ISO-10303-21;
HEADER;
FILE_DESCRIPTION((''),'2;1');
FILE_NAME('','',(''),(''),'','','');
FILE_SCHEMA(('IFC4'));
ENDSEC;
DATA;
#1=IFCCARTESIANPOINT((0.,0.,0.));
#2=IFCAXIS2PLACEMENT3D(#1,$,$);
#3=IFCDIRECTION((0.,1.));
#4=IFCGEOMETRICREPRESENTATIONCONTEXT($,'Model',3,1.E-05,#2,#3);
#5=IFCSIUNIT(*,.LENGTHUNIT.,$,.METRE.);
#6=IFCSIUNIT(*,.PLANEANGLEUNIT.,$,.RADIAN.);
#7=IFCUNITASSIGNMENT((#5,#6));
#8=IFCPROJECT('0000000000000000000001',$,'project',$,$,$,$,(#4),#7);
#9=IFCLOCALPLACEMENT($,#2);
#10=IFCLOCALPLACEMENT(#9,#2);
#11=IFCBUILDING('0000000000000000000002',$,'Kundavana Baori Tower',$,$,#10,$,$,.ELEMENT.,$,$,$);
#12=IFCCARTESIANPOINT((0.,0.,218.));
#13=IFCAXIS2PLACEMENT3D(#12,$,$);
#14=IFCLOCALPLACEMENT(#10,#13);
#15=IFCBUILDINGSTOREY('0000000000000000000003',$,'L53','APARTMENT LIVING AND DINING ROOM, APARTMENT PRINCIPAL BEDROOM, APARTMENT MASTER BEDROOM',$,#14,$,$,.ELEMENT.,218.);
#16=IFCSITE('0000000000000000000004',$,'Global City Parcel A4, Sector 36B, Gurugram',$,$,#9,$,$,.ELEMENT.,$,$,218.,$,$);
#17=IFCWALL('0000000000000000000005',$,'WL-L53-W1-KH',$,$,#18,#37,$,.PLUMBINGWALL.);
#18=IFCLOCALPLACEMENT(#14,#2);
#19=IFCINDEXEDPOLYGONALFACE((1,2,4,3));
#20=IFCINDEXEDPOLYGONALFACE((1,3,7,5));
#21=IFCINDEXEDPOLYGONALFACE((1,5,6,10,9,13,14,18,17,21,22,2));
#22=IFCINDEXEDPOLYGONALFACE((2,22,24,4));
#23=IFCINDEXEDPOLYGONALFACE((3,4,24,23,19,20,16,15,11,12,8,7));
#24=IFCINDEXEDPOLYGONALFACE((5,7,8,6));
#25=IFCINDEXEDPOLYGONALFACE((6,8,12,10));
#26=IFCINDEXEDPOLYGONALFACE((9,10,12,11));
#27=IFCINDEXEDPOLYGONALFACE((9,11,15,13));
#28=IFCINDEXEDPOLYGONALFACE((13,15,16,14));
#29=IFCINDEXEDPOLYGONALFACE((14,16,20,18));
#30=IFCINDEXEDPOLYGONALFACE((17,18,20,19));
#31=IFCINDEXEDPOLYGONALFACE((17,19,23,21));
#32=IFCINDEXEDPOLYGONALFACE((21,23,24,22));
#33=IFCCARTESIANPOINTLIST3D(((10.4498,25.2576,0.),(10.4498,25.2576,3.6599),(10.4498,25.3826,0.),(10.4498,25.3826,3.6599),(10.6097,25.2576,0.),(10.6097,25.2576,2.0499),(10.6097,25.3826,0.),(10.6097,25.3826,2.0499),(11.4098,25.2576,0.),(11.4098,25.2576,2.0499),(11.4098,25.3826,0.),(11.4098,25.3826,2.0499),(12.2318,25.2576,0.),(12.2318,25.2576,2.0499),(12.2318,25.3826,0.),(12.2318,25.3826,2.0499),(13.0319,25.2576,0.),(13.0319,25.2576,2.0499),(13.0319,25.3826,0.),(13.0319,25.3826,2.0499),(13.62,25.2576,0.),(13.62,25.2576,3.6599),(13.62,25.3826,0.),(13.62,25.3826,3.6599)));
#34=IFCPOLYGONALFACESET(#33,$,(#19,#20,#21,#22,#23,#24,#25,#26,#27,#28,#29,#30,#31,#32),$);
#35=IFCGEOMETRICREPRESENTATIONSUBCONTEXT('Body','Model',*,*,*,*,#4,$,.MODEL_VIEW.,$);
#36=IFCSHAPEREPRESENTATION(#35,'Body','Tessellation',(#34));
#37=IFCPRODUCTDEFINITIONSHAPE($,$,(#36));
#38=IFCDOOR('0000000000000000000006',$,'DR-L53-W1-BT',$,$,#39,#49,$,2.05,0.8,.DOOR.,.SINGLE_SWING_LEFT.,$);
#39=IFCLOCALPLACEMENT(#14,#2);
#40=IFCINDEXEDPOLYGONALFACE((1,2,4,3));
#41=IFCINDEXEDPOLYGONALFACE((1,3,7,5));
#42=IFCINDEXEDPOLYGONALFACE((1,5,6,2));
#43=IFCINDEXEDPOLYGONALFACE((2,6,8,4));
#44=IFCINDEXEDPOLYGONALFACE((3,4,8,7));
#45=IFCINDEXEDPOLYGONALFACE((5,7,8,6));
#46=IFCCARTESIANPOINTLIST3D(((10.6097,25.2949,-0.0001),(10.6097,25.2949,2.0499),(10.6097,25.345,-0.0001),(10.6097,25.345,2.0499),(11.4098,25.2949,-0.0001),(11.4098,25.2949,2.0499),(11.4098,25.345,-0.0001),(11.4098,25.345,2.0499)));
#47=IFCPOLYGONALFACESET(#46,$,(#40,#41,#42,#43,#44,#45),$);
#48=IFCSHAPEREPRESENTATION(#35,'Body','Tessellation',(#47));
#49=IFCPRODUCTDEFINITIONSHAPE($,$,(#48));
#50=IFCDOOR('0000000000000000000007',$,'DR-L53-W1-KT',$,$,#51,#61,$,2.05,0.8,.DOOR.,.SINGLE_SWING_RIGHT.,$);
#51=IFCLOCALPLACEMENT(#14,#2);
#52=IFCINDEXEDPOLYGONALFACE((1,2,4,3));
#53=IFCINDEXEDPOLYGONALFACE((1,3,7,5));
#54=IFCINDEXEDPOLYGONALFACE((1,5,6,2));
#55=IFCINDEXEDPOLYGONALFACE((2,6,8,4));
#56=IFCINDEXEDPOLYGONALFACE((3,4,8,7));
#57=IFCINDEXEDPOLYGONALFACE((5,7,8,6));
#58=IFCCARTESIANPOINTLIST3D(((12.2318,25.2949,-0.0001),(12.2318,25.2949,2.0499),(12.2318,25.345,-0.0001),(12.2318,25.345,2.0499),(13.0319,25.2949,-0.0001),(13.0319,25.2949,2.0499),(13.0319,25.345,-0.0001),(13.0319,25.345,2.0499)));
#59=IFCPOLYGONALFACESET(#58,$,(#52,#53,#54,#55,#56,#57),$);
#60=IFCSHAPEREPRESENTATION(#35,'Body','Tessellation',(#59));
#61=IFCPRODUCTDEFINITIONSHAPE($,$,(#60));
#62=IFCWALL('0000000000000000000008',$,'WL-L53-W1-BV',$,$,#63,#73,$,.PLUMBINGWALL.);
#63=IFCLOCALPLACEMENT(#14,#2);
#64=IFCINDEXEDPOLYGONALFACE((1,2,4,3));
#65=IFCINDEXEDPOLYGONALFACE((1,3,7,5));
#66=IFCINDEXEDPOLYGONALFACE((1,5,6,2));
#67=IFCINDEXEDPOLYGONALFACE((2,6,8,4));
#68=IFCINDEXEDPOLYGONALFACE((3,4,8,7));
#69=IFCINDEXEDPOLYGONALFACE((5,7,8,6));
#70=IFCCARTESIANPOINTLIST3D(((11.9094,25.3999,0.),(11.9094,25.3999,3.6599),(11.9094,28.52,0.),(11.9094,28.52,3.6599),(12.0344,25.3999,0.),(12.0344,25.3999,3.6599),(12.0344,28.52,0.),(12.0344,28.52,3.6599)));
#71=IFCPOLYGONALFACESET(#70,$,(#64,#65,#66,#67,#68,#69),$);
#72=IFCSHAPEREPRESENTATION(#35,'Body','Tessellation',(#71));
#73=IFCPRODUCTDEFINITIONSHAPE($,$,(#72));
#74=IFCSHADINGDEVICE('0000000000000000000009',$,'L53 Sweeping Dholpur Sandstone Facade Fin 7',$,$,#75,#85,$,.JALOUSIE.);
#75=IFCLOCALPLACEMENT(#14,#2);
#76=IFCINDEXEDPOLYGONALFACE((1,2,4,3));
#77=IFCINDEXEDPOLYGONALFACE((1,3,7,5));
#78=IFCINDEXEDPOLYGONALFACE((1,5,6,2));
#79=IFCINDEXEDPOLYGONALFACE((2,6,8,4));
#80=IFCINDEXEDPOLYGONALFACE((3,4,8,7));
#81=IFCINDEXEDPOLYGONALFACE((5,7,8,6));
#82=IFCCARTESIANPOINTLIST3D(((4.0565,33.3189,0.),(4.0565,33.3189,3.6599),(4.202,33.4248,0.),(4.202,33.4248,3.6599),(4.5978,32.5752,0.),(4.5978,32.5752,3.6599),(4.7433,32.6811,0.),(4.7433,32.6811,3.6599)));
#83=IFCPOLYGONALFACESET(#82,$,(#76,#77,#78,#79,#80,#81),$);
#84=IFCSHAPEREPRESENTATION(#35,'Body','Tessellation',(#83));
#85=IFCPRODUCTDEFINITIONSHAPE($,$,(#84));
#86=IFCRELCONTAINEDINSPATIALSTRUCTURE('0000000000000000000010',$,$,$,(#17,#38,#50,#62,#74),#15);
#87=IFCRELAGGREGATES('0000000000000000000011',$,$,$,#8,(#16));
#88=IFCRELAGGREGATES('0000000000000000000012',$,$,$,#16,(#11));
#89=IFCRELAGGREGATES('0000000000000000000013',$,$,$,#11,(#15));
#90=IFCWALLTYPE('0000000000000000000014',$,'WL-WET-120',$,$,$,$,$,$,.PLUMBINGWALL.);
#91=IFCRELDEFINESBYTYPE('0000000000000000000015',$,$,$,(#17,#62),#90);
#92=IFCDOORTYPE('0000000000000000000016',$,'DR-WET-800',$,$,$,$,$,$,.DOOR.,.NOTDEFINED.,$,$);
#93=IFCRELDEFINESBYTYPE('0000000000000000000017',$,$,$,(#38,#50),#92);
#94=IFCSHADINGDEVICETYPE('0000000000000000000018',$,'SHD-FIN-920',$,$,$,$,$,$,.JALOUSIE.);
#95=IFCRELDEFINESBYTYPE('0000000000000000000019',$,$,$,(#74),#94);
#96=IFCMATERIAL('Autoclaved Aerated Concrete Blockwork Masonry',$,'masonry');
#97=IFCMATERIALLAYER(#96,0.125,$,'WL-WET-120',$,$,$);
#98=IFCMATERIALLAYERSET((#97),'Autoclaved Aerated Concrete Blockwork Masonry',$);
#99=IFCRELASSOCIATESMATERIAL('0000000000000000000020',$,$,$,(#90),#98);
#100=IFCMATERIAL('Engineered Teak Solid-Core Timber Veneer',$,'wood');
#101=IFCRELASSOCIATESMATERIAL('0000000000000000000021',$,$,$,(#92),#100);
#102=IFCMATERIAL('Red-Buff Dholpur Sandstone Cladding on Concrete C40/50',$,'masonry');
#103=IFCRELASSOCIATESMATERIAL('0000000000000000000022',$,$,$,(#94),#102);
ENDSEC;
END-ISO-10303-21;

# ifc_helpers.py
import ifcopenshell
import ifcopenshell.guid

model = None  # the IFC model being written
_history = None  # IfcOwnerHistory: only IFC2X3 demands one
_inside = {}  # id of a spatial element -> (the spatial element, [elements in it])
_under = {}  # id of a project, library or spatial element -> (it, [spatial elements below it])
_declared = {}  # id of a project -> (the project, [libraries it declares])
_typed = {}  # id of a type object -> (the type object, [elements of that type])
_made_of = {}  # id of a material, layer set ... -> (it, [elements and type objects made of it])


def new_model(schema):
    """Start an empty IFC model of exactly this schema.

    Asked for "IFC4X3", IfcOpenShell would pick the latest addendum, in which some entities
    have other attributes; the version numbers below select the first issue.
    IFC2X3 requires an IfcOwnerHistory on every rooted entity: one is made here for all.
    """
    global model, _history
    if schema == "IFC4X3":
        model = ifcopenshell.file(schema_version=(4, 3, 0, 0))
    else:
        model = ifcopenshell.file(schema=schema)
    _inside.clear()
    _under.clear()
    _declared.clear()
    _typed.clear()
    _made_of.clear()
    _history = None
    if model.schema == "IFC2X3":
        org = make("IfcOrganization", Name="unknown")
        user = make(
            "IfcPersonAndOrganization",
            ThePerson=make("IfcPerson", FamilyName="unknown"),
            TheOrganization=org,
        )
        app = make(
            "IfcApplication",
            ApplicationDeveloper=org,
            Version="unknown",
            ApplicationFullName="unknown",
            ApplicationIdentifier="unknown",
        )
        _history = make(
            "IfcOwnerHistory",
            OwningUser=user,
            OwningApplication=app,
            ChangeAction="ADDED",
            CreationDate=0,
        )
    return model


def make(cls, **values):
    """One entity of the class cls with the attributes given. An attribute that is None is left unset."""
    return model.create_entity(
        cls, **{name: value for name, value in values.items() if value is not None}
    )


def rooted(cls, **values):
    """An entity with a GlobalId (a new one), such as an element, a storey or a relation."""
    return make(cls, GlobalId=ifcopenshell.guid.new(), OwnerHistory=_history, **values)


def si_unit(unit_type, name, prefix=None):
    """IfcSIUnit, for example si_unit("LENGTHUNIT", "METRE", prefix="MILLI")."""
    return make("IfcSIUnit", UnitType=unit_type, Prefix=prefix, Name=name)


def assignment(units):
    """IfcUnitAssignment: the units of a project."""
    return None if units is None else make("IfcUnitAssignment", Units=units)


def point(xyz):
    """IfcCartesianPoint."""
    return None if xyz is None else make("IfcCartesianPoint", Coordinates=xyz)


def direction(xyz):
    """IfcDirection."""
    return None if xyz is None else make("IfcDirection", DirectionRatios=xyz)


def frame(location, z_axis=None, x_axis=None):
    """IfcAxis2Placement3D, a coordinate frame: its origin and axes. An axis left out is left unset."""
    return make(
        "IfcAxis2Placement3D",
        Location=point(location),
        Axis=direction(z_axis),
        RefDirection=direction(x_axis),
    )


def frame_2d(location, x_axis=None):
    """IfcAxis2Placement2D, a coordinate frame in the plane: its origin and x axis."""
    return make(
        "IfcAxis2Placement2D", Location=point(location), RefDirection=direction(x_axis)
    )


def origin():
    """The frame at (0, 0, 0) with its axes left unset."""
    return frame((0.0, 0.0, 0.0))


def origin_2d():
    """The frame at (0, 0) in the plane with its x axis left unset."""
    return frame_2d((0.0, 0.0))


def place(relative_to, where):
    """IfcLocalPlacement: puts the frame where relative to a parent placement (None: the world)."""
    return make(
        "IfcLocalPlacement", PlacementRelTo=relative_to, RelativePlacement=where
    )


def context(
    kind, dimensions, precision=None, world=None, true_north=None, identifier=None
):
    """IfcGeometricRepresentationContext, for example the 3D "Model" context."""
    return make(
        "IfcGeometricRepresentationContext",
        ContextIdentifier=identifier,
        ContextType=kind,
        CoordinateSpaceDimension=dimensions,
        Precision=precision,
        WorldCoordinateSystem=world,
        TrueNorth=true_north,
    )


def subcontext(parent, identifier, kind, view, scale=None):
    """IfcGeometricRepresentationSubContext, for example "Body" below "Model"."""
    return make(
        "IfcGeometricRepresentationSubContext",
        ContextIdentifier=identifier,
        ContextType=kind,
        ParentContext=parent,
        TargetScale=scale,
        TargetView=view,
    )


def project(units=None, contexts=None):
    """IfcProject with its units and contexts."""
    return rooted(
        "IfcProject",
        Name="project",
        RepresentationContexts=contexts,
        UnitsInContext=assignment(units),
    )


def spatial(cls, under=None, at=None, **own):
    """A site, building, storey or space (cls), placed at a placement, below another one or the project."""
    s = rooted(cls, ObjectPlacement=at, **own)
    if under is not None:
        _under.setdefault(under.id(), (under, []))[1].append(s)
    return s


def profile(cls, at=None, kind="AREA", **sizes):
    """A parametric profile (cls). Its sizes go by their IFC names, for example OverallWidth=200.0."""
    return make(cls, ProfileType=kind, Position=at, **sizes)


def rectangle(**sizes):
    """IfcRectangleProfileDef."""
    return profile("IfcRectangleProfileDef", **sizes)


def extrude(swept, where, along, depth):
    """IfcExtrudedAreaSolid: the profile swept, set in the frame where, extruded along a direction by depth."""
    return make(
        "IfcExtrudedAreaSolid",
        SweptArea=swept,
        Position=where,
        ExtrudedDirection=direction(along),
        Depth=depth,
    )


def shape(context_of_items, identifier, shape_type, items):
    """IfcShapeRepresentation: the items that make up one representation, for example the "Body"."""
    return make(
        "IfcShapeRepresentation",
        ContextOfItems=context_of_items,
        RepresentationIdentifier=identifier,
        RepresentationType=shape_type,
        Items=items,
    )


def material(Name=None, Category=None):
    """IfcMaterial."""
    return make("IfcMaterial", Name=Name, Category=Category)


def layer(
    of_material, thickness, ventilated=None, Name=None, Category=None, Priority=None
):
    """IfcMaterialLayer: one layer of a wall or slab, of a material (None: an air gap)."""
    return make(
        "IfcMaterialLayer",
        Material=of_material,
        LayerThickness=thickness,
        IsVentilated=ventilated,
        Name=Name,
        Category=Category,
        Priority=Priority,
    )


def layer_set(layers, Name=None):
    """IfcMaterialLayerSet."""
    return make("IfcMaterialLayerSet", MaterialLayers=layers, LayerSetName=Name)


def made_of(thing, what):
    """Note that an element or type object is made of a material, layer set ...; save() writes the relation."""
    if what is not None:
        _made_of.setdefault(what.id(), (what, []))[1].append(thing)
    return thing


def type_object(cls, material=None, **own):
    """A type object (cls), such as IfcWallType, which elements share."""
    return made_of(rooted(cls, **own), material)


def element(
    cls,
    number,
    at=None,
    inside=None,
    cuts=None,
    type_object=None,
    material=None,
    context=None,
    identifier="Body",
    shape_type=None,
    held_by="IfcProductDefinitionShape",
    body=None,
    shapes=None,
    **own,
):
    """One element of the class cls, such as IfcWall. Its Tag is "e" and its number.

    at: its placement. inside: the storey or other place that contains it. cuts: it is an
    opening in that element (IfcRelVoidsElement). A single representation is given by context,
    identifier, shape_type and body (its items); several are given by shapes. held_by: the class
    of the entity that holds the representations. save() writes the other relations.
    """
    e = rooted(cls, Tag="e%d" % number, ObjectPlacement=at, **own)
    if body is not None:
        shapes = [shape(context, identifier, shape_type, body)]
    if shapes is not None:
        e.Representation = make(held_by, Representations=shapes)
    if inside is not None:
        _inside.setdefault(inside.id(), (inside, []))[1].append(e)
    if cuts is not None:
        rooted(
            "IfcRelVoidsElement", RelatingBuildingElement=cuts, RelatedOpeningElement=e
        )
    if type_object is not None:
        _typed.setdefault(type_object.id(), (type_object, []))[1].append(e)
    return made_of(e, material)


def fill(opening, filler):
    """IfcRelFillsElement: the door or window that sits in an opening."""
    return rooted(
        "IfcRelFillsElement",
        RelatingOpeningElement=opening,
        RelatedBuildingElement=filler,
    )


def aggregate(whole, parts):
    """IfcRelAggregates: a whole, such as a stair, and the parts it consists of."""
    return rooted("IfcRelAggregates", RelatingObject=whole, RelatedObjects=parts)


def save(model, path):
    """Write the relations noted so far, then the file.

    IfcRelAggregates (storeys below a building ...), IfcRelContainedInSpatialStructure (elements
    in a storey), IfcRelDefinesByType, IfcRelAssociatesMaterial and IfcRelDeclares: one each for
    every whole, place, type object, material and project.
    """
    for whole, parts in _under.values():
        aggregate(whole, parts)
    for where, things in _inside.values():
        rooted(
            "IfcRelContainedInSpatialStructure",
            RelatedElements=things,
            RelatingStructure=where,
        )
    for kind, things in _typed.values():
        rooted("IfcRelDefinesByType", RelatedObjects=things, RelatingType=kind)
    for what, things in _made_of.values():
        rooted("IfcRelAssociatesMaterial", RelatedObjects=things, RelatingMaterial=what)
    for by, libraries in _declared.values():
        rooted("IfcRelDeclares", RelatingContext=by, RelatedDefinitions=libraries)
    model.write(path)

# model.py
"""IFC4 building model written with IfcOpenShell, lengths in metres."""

from ifc_helpers import new_model, si_unit, direction, frame, frame_2d, origin, origin_2d, place, context, subcontext, project, spatial, rectangle, extrude, material, layer, layer_set, type_object, element, fill, save


model = new_model("IFC4")

# Units and contexts
model_context = context("Model", 3, precision=1e-05, world=origin(), true_north=direction((0.0, 1.0)))
body_context = subcontext(model_context, "Body", "Model", "MODEL_VIEW")
ifc_project = project(units=[si_unit("LENGTHUNIT", "METRE"), si_unit("PLANEANGLEUNIT", "RADIAN")], contexts=[model_context])

# Site, building, storey
site_placement = place(None, origin())
site = spatial("IfcSite", under=ifc_project, at=site_placement, Name="Global City Parcel A4, Sector 36B, Gurugram", CompositionType="ELEMENT", RefElevation=218.0)
building_placement = place(site_placement, origin())
building = spatial("IfcBuilding", under=site, at=building_placement, Name="Kundavana Baori Tower", CompositionType="ELEMENT")
storey_placement = place(building_placement, frame((0.0, 0.0, 218.0)))
storey = spatial("IfcBuildingStorey", under=building, at=storey_placement, Name="L53", Description="APARTMENT LIVING AND DINING ROOM, APARTMENT PRINCIPAL BEDROOM, APARTMENT MASTER BEDROOM", CompositionType="ELEMENT", Elevation=218.0)

# Wall, openings, doors
ifc_material_1 = material(Name="Autoclaved Aerated Concrete Blockwork Masonry", Category="masonry")
ifc_layer_1 = layer(ifc_material_1, 0.125, Name="WL-WET-120")
ifc_layer_set_1 = layer_set([ifc_layer_1], Name="Autoclaved Aerated Concrete Blockwork Masonry")
wall_type_1 = type_object("IfcWallType", Name="WL-WET-120", PredefinedType="PLUMBINGWALL", material=ifc_layer_set_1)
wall_1_placement = place(storey_placement, frame((10.45, 25.3201, 0.0), z_axis=(0.0, 0.0, 1.0), x_axis=(1.0, 0.0, 0.0)))
wall_1 = element("IfcWall", 1, at=wall_1_placement, inside=storey, type_object=wall_type_1, Name="WL-L53-W1-KH", PredefinedType="PLUMBINGWALL", context=body_context, shape_type="SweptSolid", body=[
    extrude(rectangle(XDim=3.1702, YDim=0.125, at=frame_2d((1.585, 0.0))), origin(), (0.0, 0.0, 1.0), 3.6599),
])
opening_1_placement = place(wall_1_placement, frame((0.1599, 0.0, 0.0)))
opening_1 = element("IfcOpeningElement", 2, at=opening_1_placement, cuts=wall_1, PredefinedType="OPENING", context=body_context, shape_type="SweptSolid", body=[
    extrude(rectangle(XDim=0.8, YDim=2.05, at=frame_2d((0.3999, 1.0249))), frame((0.0, 0.0725, 0.0), z_axis=(0.0, -1.0, 0.0), x_axis=(1.0, 0.0, 0.0)), (0.0, 0.0, 1.0), 0.145),
])
opening_2_placement = place(wall_1_placement, frame((1.782, 0.0, 0.0)))
opening_2 = element("IfcOpeningElement", 3, at=opening_2_placement, cuts=wall_1, PredefinedType="OPENING", context=body_context, shape_type="SweptSolid", body=[
    extrude(rectangle(XDim=0.8, YDim=2.05, at=frame_2d((0.3999, 1.0249))), frame((0.0, 0.0725, 0.0), z_axis=(0.0, -1.0, 0.0), x_axis=(1.0, 0.0, 0.0)), (0.0, 0.0, 1.0), 0.145),
])
ifc_material_2 = material(Name="Engineered Teak Solid-Core Timber Veneer", Category="wood")
door_type_1 = type_object("IfcDoorType", Name="DR-WET-800", OperationType="NOTDEFINED", PredefinedType="DOOR", material=ifc_material_2)
door_1_placement = place(opening_1_placement, origin())
door_1 = element("IfcDoor", 4, at=door_1_placement, inside=storey, type_object=door_type_1, Name="DR-L53-W1-BT", OperationType="SINGLE_SWING_LEFT", OverallHeight=2.05, OverallWidth=0.8, PredefinedType="DOOR", context=body_context, shape_type="SweptSolid", body=[
    extrude(rectangle(XDim=0.8, YDim=2.05, at=frame_2d((0.3999, 1.0249))), frame((0.0, 0.0249, 0.0), z_axis=(0.0, -1.0, 0.0), x_axis=(1.0, 0.0, 0.0)), (0.0, 0.0, 1.0), 0.05),
])
fill(opening_1, door_1)
door_2_placement = place(opening_2_placement, origin())
door_2 = element("IfcDoor", 5, at=door_2_placement, inside=storey, type_object=door_type_1, Name="DR-L53-W1-KT", OperationType="SINGLE_SWING_RIGHT", OverallHeight=2.05, OverallWidth=0.8, PredefinedType="DOOR", context=body_context, shape_type="SweptSolid", body=[
    extrude(rectangle(XDim=0.8, YDim=2.05, at=frame_2d((0.3999, 1.0249))), frame((0.0, 0.0249, 0.0), z_axis=(0.0, -1.0, 0.0), x_axis=(1.0, 0.0, 0.0)), (0.0, 0.0, 1.0), 0.05),
])
fill(opening_2, door_2)

# Wall
wall_2_placement = place(storey_placement, frame((11.9719, 25.3999, 0.0), z_axis=(0.0, 0.0, 1.0), x_axis=(0.0, 1.0, 0.0)))
element("IfcWall", 6, at=wall_2_placement, inside=storey, type_object=wall_type_1, Name="WL-L53-W1-BV", PredefinedType="PLUMBINGWALL", context=body_context, shape_type="SweptSolid", body=[
    extrude(rectangle(XDim=3.1201, YDim=0.125, at=frame_2d((1.5601, 0.0))), origin(), (0.0, 0.0, 1.0), 3.6599),
])

# Shading device
ifc_material_3 = material(Name="Red-Buff Dholpur Sandstone Cladding on Concrete C40/50", Category="masonry")
shading_device_type = type_object("IfcShadingDeviceType", Name="SHD-FIN-920", PredefinedType="JALOUSIE", material=ifc_material_3)
shading_device_placement = place(storey_placement, frame((4.3999, 33.0, 0.0), z_axis=(0.0, 0.0, 1.0), x_axis=(0.808504, 0.588491, 0.0)))
element("IfcShadingDevice", 7, at=shading_device_placement, inside=storey, type_object=shading_device_type, Name="L53 Sweeping Dholpur Sandstone Facade Fin 7", PredefinedType="JALOUSIE", context=body_context, shape_type="SweptSolid", body=[
    extrude(rectangle(XDim=0.1799, YDim=0.9199, at=origin_2d()), origin(), (0.0, 0.0, 1.0), 3.6599),
])

save(model, "model.ifc")
